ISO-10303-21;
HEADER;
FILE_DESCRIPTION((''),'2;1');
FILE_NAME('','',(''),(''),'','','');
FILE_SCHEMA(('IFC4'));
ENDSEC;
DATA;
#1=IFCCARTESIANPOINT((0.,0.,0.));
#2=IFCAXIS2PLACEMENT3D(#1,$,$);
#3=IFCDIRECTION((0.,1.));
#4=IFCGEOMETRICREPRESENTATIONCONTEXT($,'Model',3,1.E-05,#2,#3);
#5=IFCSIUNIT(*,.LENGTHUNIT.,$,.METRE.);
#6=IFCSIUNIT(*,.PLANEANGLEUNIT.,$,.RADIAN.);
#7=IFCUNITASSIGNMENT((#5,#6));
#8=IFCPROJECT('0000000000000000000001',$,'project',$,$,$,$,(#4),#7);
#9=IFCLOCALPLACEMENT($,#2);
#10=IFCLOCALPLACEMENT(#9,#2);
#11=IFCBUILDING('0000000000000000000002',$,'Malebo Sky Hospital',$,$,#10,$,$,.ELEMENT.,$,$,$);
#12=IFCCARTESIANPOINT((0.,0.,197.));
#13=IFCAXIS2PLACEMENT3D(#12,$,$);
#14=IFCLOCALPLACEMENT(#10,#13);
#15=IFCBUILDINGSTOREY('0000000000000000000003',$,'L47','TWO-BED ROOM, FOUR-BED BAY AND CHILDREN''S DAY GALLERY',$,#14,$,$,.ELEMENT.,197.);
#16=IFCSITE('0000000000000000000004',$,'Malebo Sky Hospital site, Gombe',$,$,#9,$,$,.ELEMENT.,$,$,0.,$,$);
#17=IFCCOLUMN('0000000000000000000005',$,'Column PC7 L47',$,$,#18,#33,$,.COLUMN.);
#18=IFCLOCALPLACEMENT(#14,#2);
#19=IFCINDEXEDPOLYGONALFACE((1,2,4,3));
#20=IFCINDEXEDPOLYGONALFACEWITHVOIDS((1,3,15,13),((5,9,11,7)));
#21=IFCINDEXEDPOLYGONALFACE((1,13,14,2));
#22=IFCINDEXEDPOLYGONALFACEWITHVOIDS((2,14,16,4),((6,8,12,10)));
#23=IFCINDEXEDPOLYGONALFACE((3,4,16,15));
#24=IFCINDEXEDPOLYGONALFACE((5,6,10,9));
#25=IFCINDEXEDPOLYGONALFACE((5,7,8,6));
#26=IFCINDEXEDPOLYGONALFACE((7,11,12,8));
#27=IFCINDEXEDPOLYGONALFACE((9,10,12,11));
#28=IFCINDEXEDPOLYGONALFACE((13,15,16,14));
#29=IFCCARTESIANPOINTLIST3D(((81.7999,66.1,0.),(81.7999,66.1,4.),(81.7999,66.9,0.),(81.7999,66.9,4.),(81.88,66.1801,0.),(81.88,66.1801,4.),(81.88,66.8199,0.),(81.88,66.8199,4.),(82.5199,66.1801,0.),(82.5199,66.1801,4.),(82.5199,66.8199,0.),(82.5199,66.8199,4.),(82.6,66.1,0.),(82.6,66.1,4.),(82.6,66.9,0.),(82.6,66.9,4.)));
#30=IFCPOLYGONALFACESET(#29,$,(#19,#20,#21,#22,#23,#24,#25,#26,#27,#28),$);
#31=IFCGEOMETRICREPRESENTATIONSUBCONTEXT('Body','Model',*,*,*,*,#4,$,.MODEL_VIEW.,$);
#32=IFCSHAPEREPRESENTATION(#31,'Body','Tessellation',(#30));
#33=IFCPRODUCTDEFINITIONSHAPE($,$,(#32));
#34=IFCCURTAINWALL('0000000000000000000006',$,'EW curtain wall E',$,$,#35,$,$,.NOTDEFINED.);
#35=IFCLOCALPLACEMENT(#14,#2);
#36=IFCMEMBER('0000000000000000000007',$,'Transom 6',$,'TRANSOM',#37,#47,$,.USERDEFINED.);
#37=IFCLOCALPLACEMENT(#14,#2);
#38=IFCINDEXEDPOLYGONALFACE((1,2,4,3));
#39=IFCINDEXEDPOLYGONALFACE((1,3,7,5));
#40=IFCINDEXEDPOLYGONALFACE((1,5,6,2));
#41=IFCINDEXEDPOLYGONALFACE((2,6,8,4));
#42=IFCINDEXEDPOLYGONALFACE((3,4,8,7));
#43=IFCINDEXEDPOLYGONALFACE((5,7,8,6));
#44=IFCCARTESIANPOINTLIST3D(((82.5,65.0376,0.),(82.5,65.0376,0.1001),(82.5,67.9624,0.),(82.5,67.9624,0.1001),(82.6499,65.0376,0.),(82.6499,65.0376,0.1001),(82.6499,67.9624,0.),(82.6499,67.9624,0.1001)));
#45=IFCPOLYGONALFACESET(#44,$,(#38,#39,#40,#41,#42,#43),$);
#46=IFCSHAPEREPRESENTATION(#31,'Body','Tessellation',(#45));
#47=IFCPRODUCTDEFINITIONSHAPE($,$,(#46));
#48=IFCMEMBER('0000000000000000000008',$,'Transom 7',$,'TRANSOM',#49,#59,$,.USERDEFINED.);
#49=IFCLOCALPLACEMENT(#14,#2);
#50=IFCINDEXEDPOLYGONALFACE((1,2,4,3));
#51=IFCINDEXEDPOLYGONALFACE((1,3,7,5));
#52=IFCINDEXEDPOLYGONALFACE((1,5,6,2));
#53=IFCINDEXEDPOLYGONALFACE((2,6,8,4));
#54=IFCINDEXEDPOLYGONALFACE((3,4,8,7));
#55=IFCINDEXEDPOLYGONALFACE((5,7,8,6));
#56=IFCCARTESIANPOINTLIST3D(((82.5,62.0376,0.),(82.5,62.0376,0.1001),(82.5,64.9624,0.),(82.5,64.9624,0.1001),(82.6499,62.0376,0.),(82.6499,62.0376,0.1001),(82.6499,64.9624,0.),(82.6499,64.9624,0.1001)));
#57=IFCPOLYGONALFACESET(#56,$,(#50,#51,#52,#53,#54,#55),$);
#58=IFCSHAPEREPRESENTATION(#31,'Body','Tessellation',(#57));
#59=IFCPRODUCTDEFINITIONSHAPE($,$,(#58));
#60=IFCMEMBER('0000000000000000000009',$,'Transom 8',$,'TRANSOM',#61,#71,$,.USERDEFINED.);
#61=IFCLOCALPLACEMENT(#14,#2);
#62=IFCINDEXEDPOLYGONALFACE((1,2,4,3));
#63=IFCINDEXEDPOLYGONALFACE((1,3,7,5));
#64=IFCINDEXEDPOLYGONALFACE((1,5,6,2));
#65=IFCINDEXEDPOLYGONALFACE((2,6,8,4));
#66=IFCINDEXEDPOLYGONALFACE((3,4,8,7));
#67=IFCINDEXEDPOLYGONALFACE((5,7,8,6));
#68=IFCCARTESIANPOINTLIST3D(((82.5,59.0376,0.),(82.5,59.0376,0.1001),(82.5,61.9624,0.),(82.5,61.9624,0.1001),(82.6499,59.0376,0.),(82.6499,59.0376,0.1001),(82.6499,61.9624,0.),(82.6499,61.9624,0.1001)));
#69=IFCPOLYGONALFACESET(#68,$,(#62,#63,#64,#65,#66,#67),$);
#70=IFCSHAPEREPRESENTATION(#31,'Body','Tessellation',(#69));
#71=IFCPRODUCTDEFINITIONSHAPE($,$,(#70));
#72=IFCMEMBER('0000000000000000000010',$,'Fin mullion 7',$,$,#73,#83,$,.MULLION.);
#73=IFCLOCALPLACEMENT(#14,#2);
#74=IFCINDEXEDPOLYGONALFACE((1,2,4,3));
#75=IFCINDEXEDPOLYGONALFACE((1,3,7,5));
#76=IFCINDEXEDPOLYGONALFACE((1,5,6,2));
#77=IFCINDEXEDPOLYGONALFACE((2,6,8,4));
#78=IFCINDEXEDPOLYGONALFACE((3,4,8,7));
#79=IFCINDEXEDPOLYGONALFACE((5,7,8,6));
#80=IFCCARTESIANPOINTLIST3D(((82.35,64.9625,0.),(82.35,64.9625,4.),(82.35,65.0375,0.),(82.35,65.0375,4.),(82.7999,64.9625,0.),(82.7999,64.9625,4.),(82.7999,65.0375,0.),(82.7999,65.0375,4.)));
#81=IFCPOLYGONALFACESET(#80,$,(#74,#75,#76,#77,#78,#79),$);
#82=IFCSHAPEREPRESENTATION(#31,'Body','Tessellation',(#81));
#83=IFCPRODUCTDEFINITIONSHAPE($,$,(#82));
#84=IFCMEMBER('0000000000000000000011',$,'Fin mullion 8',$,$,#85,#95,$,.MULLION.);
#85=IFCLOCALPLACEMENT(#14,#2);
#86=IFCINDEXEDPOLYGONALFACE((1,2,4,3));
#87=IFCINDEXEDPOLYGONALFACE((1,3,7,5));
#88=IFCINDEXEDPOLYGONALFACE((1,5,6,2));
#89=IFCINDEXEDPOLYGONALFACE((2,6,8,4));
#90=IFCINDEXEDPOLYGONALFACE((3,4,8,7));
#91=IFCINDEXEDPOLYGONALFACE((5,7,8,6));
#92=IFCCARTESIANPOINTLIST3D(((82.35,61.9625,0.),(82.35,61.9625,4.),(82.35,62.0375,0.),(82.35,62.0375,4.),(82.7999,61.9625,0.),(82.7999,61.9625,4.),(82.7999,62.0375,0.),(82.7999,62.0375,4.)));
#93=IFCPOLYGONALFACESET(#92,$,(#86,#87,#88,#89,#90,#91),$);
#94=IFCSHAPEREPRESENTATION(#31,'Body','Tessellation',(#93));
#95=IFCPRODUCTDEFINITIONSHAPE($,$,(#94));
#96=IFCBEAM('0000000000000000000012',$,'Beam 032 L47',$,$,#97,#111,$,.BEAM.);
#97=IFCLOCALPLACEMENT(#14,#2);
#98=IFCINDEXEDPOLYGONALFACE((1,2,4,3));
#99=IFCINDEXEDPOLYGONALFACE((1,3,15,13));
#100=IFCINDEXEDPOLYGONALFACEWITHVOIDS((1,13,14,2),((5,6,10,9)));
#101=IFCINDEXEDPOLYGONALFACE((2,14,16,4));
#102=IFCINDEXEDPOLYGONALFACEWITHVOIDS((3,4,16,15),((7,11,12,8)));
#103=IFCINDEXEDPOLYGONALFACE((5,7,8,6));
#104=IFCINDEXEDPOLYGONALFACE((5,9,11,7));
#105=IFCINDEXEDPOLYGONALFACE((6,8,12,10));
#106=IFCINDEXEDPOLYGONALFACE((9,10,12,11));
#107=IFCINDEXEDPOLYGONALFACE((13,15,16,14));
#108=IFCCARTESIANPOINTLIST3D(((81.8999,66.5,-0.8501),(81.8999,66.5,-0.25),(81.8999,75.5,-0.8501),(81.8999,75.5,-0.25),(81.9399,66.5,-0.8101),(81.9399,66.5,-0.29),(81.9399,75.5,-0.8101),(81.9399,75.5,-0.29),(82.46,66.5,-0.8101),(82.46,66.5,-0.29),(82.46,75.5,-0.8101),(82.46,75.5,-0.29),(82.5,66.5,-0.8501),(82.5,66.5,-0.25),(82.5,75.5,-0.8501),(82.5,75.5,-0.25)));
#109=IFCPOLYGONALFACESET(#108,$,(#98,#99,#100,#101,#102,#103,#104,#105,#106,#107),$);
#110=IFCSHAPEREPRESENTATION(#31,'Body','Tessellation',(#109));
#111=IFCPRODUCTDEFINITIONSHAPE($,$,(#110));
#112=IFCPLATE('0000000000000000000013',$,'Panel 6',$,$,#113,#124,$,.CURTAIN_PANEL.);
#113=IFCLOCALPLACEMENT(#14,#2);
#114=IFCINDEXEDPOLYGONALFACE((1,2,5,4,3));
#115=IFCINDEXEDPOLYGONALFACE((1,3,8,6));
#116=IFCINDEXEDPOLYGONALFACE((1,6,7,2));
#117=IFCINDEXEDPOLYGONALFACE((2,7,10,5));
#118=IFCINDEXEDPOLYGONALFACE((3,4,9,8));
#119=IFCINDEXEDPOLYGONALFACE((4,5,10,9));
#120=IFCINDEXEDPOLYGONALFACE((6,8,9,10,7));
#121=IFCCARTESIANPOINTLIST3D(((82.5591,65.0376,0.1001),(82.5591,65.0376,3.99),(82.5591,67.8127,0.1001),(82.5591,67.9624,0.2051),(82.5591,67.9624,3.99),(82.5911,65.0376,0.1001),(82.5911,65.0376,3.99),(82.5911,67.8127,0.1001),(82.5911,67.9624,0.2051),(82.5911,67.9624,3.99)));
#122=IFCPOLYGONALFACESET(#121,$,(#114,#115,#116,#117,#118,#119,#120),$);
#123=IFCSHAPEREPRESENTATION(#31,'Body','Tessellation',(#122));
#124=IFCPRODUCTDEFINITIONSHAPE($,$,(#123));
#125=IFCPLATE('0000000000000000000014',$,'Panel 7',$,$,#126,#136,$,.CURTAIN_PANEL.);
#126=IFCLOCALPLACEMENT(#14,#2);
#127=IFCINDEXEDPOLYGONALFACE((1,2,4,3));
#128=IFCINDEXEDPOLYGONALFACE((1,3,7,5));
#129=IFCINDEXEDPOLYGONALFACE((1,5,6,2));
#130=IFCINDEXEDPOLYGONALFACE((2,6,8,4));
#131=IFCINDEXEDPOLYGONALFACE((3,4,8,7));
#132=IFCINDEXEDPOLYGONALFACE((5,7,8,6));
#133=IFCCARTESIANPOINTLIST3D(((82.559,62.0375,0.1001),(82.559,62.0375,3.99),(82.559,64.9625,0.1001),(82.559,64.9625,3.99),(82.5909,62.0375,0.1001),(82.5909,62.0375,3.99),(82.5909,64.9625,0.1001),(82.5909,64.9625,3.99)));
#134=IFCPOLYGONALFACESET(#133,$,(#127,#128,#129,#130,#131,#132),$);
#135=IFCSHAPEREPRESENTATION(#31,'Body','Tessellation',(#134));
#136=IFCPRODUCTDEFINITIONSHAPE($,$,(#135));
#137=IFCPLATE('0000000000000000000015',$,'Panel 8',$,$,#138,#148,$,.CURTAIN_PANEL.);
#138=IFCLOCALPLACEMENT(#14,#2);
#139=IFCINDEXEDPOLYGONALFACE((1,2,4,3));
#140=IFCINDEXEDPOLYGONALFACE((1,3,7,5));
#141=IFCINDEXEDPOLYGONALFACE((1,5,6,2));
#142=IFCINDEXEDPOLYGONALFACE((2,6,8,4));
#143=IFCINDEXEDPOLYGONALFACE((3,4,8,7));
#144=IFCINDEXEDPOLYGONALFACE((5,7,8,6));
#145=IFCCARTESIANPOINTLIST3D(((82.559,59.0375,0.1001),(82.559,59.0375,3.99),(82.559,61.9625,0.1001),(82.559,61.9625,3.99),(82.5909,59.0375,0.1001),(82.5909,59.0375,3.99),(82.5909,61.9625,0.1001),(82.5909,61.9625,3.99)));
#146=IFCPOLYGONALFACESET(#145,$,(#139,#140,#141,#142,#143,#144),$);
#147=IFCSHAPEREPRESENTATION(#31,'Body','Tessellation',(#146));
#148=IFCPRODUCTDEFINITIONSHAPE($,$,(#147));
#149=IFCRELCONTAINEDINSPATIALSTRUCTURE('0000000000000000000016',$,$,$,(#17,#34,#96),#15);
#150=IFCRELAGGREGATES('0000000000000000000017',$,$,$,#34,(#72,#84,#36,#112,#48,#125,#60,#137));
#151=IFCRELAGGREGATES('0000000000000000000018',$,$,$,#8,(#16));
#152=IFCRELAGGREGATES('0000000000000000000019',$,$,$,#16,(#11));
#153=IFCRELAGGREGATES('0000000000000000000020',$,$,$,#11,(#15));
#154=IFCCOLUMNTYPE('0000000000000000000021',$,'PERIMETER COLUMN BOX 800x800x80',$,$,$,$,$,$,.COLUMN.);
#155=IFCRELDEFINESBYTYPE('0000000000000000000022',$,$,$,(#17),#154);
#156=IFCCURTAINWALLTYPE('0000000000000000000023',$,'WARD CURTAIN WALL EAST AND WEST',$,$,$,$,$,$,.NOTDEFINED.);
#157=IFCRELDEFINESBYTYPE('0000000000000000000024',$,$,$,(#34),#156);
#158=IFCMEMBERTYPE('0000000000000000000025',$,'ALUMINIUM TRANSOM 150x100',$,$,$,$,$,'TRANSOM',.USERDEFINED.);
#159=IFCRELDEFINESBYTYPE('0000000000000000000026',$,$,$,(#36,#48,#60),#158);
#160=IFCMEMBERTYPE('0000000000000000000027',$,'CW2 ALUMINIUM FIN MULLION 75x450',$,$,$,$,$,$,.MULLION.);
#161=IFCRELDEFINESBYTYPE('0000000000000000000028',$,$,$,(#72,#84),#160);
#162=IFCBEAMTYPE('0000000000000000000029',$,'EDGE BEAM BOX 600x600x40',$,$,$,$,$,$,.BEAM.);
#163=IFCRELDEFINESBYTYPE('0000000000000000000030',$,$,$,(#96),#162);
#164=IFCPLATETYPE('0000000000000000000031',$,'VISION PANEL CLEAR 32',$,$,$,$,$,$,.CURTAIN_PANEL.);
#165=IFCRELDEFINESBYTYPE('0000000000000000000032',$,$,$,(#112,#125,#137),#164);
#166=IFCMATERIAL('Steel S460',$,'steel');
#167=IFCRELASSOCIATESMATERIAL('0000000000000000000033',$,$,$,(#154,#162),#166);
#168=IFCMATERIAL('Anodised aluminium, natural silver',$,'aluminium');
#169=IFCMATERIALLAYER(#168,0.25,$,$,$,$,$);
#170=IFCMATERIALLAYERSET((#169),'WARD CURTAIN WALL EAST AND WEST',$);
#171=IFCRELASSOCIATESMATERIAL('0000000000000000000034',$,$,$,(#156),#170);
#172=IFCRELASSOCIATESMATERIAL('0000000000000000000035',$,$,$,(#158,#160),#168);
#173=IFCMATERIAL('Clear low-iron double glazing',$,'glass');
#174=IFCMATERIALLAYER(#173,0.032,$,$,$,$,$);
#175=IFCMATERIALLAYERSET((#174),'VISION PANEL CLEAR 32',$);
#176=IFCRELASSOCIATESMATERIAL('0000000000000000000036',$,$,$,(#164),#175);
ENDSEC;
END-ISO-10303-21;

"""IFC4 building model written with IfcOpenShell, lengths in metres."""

from ifc_helpers import new_model, si_unit, direction, frame, origin, origin_2d, place, context, subcontext, project, spatial, polyline, rectangle, hollow_rectangle, outline, extrude, material, layer, layer_set, material_profile, profile_set, type_object, element, aggregate, save


model = new_model("IFC4")

# Units and contexts
model_context = context("Model", 3, precision=1e-05, world=origin(), true_north=direction((0.0, 1.0)))
body_context = subcontext(model_context, "Body", "Model", "MODEL_VIEW")
ifc_project = project(units=[si_unit("LENGTHUNIT", "METRE"), si_unit("PLANEANGLEUNIT", "RADIAN")], contexts=[model_context])

# Site, building, storey
site_placement = place(None, origin())
site = spatial("IfcSite", under=ifc_project, at=site_placement, Name="Malebo Sky Hospital site, Gombe", CompositionType="ELEMENT", RefElevation=0.0)
building_placement = place(site_placement, origin())
building = spatial("IfcBuilding", under=site, at=building_placement, Name="Malebo Sky Hospital", CompositionType="ELEMENT")
storey_placement = place(building_placement, frame((0.0, 0.0, 197.0)))
storey = spatial("IfcBuildingStorey", under=building, at=storey_placement, Name="L47", Description="TWO-BED ROOM, FOUR-BED BAY AND CHILDREN'S DAY GALLERY", CompositionType="ELEMENT", Elevation=197.0)

# Column
ifc_material_1 = material(Name="Steel S460", Category="steel")
ifc_material_profile_1 = material_profile(ifc_material_1, hollow_rectangle(XDim=0.8, YDim=0.8, WallThickness=0.0801, at=origin_2d()), Name="BOX 800x800x80")
ifc_profile_set_1 = profile_set([ifc_material_profile_1], Name="Steel S460")
column_type = type_object("IfcColumnType", Name="PERIMETER COLUMN BOX 800x800x80", PredefinedType="COLUMN", material=ifc_profile_set_1)
column_placement = place(storey_placement, frame((82.2, 66.5, 0.0), z_axis=(0.0, 0.0, 1.0), x_axis=(1.0, 0.0, 0.0)))
element("IfcColumn", 1, at=column_placement, inside=storey, type_object=column_type, Name="Column PC7 L47", PredefinedType="COLUMN", context=body_context, shape_type="SweptSolid", body=[
    extrude(hollow_rectangle(XDim=0.8, YDim=0.8, WallThickness=0.0801, at=origin_2d()), origin(), (0.0, 0.0, 1.0), 4.0),
])

# Curtain wall, members
ifc_material_2 = material(Name="Anodised aluminium, natural silver", Category="aluminium")
ifc_layer_1 = layer(ifc_material_2, 0.25)
ifc_layer_set_1 = layer_set([ifc_layer_1], Name="WARD CURTAIN WALL EAST AND WEST")
curtain_wall_type = type_object("IfcCurtainWallType", Name="WARD CURTAIN WALL EAST AND WEST", PredefinedType="NOTDEFINED", material=ifc_layer_set_1)
curtain_wall_placement = place(storey_placement, origin())
curtain_wall = element("IfcCurtainWall", 2, at=curtain_wall_placement, inside=storey, type_object=curtain_wall_type, Name="EW curtain wall E", PredefinedType="NOTDEFINED")
ifc_material_profile_2 = material_profile(ifc_material_2, rectangle(XDim=0.1499, YDim=0.1001, at=origin_2d()), Name="ALUMINIUM TRANSOM 150x100")
ifc_profile_set_2 = profile_set([ifc_material_profile_2], Name="Anodised aluminium, natural silver")
member_type_1 = type_object("IfcMemberType", Name="ALUMINIUM TRANSOM 150x100", ElementType="TRANSOM", PredefinedType="USERDEFINED", material=ifc_profile_set_2)
member_1_placement = place(storey_placement, frame((82.575, 67.9624, 0.05), z_axis=(0.0, -1.0, 0.0), x_axis=(1.0, 0.0, 0.0)))
member_1 = element("IfcMember", 3, at=member_1_placement, type_object=member_type_1, Name="Transom 6", ObjectType="TRANSOM", PredefinedType="USERDEFINED", context=body_context, shape_type="SweptSolid", body=[
    extrude(rectangle(XDim=0.1499, YDim=0.1001, at=origin_2d()), origin(), (0.0, 0.0, 1.0), 2.9248),
])
member_2_placement = place(storey_placement, frame((82.575, 64.9624, 0.05), z_axis=(0.0, -1.0, 0.0), x_axis=(1.0, 0.0, 0.0)))
member_2 = element("IfcMember", 4, at=member_2_placement, type_object=member_type_1, Name="Transom 7", ObjectType="TRANSOM", PredefinedType="USERDEFINED", context=body_context, shape_type="SweptSolid", body=[
    extrude(rectangle(XDim=0.1499, YDim=0.1001, at=origin_2d()), origin(), (0.0, 0.0, 1.0), 2.9248),
])
member_3_placement = place(storey_placement, frame((82.575, 61.9624, 0.05), z_axis=(0.0, -1.0, 0.0), x_axis=(1.0, 0.0, 0.0)))
member_3 = element("IfcMember", 5, at=member_3_placement, type_object=member_type_1, Name="Transom 8", ObjectType="TRANSOM", PredefinedType="USERDEFINED", context=body_context, shape_type="SweptSolid", body=[
    extrude(rectangle(XDim=0.1499, YDim=0.1001, at=origin_2d()), origin(), (0.0, 0.0, 1.0), 2.9248),
])
ifc_material_profile_3 = material_profile(ifc_material_2, rectangle(XDim=0.075, YDim=0.45, at=origin_2d()), Name="CW2 ALUMINIUM FIN MULLION 75x450")
ifc_profile_set_3 = profile_set([ifc_material_profile_3], Name="Anodised aluminium, natural silver")
member_type_2 = type_object("IfcMemberType", Name="CW2 ALUMINIUM FIN MULLION 75x450", PredefinedType="MULLION", material=ifc_profile_set_3)
member_4_placement = place(storey_placement, frame((82.575, 65.0, 0.0), z_axis=(0.0, 0.0, 1.0), x_axis=(0.0, -1.0, 0.0)))
member_4 = element("IfcMember", 6, at=member_4_placement, type_object=member_type_2, Name="Fin mullion 7", PredefinedType="MULLION", context=body_context, shape_type="SweptSolid", body=[
    extrude(rectangle(XDim=0.075, YDim=0.45, at=origin_2d()), origin(), (0.0, 0.0, 1.0), 4.0),
])
member_5_placement = place(storey_placement, frame((82.575, 62.0, 0.0), z_axis=(0.0, 0.0, 1.0), x_axis=(0.0, -1.0, 0.0)))
member_5 = element("IfcMember", 7, at=member_5_placement, type_object=member_type_2, Name="Fin mullion 8", PredefinedType="MULLION", context=body_context, shape_type="SweptSolid", body=[
    extrude(rectangle(XDim=0.075, YDim=0.45, at=origin_2d()), origin(), (0.0, 0.0, 1.0), 4.0),
])

# Beam
ifc_material_profile_4 = material_profile(ifc_material_1, hollow_rectangle(XDim=0.6001, YDim=0.6001, WallThickness=0.04, at=origin_2d()), Name="BOX 600x600x40")
ifc_profile_set_4 = profile_set([ifc_material_profile_4], Name="Steel S460")
beam_type = type_object("IfcBeamType", Name="EDGE BEAM BOX 600x600x40", PredefinedType="BEAM", material=ifc_profile_set_4)
beam_placement = place(storey_placement, frame((82.2, 66.5, -0.55), z_axis=(0.0, 1.0, 0.0), x_axis=(-1.0, 0.0, 0.0)))
element("IfcBeam", 8, at=beam_placement, inside=storey, type_object=beam_type, Name="Beam 032 L47", PredefinedType="BEAM", context=body_context, shape_type="SweptSolid", body=[
    extrude(hollow_rectangle(XDim=0.6001, YDim=0.6001, WallThickness=0.04, at=origin_2d()), origin(), (0.0, 0.0, 1.0), 9.0),
])

# Plates
ifc_material_3 = material(Name="Clear low-iron double glazing", Category="glass")
ifc_layer_2 = layer(ifc_material_3, 0.032)
ifc_layer_set_2 = layer_set([ifc_layer_2], Name="VISION PANEL CLEAR 32")
plate_type = type_object("IfcPlateType", Name="VISION PANEL CLEAR 32", PredefinedType="CURTAIN_PANEL", material=ifc_layer_set_2)
plate_1_placement = place(storey_placement, frame((82.575, 66.5, 0.1001), z_axis=(0.0, 0.0, 1.0), x_axis=(0.0, -1.0, 0.0)))
plate_1 = element("IfcPlate", 9, at=plate_1_placement, type_object=plate_type, Name="Panel 6", PredefinedType="CURTAIN_PANEL", context=body_context, shape_type="SweptSolid", body=[
    extrude(outline(polyline([(-1.3127, 0.0), (1.4624, 0.0), (1.4624, 3.8899), (-1.4624, 3.8899), (-1.4624, 0.105), (-1.3127, 0.0)])), frame((0.0, 0.0161, 0.0), z_axis=(0.0, -1.0, 0.0), x_axis=(1.0, 0.0, 0.0)), (0.0, 0.0, 1.0), 0.032),
])
plate_2_placement = place(storey_placement, frame((82.575, 63.5, 0.1001), z_axis=(0.0, 0.0, 1.0), x_axis=(0.0, -1.0, 0.0)))
plate_2 = element("IfcPlate", 10, at=plate_2_placement, type_object=plate_type, Name="Panel 7", PredefinedType="CURTAIN_PANEL", context=body_context, shape_type="SweptSolid", body=[
    extrude(rectangle(XDim=2.925, YDim=0.032, at=origin_2d()), origin(), (0.0, 0.0, 1.0), 3.8899),
])
plate_3_placement = place(storey_placement, frame((82.575, 60.5, 0.1001), z_axis=(0.0, 0.0, 1.0), x_axis=(0.0, -1.0, 0.0)))
plate_3 = element("IfcPlate", 11, at=plate_3_placement, type_object=plate_type, Name="Panel 8", PredefinedType="CURTAIN_PANEL", context=body_context, shape_type="SweptSolid", body=[
    extrude(rectangle(XDim=2.925, YDim=0.032, at=origin_2d()), origin(), (0.0, 0.0, 1.0), 3.8899),
])
aggregate(curtain_wall, [member_4, member_5, member_1, plate_1, member_2, plate_2, member_3, plate_3])

save(model, "model.ifc")
